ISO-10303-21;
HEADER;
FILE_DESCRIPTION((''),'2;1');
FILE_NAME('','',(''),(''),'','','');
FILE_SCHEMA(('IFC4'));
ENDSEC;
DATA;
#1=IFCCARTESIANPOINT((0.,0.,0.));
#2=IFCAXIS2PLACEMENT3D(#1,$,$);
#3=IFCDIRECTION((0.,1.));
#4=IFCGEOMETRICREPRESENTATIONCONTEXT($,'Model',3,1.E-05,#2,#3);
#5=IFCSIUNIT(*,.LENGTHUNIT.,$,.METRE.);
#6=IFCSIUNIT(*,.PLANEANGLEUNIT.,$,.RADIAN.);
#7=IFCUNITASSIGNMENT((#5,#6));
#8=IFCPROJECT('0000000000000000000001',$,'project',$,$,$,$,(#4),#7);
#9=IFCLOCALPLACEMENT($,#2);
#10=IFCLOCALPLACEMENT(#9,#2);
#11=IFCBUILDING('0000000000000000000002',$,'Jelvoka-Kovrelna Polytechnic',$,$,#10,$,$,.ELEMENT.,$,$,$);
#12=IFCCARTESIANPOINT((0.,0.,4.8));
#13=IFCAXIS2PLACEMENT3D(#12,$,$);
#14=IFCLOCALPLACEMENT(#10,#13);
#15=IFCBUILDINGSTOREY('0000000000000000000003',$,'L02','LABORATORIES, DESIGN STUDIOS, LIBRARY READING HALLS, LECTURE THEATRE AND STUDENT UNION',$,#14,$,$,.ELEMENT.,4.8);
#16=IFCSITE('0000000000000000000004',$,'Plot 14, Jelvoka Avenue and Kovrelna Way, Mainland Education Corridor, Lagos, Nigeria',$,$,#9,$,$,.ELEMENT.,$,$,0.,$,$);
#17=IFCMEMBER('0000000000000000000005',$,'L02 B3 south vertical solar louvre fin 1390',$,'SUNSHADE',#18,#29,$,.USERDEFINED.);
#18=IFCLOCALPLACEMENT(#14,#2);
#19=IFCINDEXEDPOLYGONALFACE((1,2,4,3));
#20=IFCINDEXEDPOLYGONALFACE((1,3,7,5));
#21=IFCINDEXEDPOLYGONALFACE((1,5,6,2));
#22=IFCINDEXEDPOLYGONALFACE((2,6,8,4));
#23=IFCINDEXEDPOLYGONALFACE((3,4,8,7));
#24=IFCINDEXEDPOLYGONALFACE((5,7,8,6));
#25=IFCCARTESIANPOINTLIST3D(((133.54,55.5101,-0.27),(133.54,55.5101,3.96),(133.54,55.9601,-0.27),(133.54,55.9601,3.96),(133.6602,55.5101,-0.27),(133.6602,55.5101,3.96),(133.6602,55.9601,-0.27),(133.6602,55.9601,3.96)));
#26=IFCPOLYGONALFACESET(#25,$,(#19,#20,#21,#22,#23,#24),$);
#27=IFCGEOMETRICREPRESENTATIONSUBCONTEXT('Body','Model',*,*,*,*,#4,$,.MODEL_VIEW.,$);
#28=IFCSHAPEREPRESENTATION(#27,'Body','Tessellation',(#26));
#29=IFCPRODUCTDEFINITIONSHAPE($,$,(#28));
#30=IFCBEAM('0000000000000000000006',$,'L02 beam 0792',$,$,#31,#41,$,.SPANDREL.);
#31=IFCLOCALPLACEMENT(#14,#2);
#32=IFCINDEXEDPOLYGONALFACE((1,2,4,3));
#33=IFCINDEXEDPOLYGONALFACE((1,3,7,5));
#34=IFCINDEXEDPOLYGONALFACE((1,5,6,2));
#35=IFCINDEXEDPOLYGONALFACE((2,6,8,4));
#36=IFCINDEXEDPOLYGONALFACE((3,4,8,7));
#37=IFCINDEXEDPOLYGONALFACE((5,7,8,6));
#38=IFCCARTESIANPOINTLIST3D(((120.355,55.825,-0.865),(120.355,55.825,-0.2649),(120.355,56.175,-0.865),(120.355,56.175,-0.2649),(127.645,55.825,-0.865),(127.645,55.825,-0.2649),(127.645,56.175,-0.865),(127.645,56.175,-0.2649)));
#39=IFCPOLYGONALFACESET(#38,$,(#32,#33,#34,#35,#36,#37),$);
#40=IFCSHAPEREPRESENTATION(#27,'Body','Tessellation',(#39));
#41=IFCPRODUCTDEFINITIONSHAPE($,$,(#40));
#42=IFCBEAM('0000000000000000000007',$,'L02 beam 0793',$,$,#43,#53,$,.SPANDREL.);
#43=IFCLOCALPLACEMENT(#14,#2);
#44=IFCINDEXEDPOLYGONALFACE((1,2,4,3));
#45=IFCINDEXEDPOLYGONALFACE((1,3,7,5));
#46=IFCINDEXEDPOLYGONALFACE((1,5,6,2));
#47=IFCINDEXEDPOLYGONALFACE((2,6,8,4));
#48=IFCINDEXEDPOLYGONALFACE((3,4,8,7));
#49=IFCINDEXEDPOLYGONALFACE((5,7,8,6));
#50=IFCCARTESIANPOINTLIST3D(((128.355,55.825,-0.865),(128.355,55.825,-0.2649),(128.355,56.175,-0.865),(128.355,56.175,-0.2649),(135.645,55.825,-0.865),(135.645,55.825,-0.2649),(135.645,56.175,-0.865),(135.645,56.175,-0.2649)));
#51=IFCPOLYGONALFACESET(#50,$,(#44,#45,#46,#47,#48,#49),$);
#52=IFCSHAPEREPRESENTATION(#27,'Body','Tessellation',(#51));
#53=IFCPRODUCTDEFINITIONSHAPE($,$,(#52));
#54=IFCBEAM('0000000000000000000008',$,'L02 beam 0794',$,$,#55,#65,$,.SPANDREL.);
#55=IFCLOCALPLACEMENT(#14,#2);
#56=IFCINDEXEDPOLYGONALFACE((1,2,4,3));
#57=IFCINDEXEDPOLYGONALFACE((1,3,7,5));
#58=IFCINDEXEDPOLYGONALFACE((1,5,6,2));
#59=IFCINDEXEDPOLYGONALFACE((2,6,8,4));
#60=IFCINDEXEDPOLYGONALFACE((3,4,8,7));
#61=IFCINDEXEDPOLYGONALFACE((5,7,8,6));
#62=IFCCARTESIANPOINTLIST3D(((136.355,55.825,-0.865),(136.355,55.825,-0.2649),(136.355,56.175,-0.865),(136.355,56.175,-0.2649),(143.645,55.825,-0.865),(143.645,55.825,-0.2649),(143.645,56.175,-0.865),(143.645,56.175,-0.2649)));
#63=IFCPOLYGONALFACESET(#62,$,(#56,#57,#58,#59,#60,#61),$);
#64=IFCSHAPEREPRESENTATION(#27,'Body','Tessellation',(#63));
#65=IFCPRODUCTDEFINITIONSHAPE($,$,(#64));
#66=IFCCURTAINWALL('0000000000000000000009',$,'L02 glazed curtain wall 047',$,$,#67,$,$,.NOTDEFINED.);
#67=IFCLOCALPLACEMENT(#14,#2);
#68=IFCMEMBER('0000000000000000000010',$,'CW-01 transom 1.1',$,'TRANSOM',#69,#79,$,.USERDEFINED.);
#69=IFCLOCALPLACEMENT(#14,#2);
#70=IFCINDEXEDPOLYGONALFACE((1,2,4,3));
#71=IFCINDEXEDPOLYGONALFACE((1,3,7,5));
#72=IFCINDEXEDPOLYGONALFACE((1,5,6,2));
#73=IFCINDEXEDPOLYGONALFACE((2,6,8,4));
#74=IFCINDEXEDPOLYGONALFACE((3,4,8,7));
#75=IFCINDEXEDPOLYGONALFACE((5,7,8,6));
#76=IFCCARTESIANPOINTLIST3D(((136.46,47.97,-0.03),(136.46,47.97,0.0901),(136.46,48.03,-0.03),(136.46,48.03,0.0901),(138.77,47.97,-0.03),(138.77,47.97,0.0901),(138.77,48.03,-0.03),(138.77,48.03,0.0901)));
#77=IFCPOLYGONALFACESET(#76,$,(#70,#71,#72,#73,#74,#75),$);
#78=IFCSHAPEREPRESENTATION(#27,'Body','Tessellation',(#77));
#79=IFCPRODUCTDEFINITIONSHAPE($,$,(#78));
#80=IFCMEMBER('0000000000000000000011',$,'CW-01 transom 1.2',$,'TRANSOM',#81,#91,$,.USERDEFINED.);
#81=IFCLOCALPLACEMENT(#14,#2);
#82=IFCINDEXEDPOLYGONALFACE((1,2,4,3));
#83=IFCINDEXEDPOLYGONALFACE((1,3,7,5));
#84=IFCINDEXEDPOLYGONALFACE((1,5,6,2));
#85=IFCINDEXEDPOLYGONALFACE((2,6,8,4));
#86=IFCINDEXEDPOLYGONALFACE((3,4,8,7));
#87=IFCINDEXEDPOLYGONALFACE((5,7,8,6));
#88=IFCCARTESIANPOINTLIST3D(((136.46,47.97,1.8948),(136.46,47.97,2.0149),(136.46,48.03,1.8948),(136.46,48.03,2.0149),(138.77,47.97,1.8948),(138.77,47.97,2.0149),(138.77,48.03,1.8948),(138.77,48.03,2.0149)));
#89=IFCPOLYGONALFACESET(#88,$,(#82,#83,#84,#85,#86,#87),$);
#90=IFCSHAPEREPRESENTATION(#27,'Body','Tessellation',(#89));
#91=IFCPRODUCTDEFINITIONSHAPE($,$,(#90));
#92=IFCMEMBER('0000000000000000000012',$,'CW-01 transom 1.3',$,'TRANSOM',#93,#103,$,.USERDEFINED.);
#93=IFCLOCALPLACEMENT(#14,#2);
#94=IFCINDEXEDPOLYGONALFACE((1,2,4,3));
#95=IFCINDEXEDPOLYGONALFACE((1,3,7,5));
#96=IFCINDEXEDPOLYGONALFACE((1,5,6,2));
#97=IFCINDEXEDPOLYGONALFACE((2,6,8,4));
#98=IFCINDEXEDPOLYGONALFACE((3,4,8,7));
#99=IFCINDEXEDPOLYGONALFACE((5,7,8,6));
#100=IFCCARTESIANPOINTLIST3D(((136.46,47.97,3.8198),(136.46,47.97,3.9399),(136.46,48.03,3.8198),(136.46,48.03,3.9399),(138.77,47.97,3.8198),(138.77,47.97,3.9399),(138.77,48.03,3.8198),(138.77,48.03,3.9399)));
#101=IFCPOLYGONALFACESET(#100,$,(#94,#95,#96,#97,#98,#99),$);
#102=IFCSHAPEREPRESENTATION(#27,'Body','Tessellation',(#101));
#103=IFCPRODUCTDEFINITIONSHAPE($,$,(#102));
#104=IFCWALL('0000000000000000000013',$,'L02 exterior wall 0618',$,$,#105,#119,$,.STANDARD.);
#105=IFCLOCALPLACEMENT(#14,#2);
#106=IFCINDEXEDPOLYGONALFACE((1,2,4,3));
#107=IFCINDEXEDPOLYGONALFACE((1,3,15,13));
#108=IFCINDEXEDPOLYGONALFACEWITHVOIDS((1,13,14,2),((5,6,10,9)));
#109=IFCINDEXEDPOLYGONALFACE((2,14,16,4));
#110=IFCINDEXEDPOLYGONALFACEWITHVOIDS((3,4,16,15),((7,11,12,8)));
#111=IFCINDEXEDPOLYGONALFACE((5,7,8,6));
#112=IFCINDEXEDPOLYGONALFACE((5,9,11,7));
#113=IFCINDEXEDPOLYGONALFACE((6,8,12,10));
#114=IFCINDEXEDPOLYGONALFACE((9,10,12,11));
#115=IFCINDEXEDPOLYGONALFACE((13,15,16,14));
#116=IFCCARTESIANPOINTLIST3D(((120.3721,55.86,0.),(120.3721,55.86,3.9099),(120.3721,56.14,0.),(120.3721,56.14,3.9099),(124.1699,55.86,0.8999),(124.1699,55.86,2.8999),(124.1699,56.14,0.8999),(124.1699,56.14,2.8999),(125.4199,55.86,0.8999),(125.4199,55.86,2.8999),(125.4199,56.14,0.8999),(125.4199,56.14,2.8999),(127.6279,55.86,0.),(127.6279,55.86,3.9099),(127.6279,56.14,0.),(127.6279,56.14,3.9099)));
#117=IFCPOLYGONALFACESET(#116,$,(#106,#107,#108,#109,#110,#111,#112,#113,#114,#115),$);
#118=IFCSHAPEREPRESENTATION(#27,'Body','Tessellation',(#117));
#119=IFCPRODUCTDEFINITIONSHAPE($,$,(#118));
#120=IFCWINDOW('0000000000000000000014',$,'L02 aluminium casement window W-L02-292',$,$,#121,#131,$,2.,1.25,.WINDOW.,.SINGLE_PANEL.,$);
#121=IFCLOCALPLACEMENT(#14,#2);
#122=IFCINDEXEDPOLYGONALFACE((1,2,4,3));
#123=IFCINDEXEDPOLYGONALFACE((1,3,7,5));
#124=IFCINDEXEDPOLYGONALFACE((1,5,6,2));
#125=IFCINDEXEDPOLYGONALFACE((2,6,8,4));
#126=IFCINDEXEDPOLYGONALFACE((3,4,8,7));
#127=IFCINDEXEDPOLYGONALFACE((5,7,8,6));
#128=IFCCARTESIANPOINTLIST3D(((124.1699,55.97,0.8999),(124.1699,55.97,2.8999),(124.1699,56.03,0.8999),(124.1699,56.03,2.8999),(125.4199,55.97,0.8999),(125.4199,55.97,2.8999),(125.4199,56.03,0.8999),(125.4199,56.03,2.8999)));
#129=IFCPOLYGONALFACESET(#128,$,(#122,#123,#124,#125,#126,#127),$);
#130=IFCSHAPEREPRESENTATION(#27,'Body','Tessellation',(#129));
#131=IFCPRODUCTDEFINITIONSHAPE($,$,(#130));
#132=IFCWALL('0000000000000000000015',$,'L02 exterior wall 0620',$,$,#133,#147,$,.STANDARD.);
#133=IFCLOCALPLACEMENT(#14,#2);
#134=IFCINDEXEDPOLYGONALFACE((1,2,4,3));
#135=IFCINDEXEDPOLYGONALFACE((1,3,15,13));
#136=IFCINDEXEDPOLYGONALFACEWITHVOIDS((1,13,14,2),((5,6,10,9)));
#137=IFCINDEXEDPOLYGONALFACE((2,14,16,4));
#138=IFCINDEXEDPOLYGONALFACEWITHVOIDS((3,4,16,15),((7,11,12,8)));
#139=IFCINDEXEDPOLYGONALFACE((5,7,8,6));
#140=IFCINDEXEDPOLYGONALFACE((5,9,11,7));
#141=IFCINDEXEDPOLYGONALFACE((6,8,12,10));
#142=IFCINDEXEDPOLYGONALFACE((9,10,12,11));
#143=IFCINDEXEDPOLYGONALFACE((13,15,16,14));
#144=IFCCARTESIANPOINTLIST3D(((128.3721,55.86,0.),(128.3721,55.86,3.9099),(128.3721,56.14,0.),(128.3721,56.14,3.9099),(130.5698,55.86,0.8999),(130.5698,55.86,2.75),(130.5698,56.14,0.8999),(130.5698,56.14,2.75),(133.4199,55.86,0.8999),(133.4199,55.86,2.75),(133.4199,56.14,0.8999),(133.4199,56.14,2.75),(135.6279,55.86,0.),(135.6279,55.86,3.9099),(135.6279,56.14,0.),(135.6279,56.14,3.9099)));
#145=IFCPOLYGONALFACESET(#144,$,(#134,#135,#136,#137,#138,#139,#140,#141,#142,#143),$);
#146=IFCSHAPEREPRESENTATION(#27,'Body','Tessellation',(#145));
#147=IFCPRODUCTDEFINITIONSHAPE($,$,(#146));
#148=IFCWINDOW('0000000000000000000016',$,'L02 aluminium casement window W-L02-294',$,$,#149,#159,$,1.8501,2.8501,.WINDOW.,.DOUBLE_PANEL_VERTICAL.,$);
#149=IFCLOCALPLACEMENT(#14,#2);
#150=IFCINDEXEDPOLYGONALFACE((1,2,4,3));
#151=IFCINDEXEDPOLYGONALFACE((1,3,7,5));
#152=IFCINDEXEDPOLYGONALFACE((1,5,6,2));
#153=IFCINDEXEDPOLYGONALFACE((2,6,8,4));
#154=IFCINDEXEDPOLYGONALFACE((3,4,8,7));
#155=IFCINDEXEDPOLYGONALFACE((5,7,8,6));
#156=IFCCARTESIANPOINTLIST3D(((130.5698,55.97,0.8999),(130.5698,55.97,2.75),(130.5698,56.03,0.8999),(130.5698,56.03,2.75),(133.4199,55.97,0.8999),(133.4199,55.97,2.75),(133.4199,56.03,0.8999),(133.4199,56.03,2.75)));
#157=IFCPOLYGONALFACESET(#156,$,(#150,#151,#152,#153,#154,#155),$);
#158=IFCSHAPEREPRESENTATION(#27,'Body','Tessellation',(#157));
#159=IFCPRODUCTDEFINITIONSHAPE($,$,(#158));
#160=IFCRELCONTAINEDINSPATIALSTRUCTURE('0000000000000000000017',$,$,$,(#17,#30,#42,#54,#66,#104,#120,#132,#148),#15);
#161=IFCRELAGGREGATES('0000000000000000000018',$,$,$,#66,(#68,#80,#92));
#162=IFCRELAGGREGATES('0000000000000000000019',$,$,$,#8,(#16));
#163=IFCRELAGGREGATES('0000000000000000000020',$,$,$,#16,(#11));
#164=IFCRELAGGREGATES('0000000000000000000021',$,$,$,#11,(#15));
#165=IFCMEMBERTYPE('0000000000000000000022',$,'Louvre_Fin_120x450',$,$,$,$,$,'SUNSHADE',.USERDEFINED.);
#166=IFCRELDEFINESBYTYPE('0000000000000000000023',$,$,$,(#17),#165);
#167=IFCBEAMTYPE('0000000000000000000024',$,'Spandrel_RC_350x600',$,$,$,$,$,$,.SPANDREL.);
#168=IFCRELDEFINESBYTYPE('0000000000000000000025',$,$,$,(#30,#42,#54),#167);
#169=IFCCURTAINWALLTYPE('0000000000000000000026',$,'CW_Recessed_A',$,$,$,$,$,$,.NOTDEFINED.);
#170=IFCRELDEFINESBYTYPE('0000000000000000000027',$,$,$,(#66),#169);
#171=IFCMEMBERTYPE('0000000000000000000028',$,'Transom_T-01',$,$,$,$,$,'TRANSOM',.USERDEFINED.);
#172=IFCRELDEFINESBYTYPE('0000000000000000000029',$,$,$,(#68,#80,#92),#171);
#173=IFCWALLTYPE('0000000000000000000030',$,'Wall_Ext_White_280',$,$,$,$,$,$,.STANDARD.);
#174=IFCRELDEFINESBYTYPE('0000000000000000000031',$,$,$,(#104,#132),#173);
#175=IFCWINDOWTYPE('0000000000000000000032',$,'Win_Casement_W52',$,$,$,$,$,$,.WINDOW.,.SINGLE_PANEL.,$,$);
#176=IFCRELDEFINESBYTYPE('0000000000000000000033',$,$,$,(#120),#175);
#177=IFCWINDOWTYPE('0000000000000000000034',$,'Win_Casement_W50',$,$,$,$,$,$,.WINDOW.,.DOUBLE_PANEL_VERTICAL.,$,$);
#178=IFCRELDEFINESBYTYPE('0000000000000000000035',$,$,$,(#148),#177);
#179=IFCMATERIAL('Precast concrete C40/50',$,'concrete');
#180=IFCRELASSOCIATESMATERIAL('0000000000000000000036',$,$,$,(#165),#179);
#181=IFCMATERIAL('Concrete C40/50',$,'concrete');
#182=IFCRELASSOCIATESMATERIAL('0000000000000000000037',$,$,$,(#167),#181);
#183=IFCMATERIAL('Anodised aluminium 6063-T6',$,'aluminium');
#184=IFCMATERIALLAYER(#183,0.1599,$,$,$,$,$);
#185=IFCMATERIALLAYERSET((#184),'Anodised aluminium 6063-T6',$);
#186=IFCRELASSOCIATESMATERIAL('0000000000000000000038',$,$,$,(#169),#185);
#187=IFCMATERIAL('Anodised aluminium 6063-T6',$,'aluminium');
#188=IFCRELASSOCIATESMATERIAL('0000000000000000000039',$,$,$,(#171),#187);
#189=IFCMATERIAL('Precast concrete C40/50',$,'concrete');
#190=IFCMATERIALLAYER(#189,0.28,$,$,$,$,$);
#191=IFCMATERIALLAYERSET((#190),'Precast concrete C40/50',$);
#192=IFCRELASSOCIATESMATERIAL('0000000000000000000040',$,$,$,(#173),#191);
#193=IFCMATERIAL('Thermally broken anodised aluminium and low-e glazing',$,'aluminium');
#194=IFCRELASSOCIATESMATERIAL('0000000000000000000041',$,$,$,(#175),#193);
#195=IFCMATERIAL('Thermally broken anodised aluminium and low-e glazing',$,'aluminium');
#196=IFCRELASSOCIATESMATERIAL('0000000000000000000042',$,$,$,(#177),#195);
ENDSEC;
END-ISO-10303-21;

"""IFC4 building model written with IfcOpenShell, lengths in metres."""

from ifc_helpers import new_model, si_unit, direction, frame, frame_2d, origin, origin_2d, place, context, subcontext, project, spatial, rectangle, extrude, material, layer, layer_set, material_profile, profile_set, type_object, element, fill, aggregate, save


model = new_model("IFC4")

# Units and contexts
model_context = context("Model", 3, precision=1e-05, world=origin(), true_north=direction((0.0, 1.0)))
body_context = subcontext(model_context, "Body", "Model", "MODEL_VIEW")
ifc_project = project(units=[si_unit("LENGTHUNIT", "METRE"), si_unit("PLANEANGLEUNIT", "RADIAN")], contexts=[model_context])

# Site, building, storey
site_placement = place(None, origin())
site = spatial("IfcSite", under=ifc_project, at=site_placement, Name="Plot 14, Jelvoka Avenue and Kovrelna Way, Mainland Education Corridor, Lagos, Nigeria", CompositionType="ELEMENT", RefElevation=0.0)
building_placement = place(site_placement, origin())
building = spatial("IfcBuilding", under=site, at=building_placement, Name="Jelvoka-Kovrelna Polytechnic", CompositionType="ELEMENT")
storey_placement = place(building_placement, frame((0.0, 0.0, 4.8)))
storey = spatial("IfcBuildingStorey", under=building, at=storey_placement, Name="L02", Description="LABORATORIES, DESIGN STUDIOS, LIBRARY READING HALLS, LECTURE THEATRE AND STUDENT UNION", CompositionType="ELEMENT", Elevation=4.8)

# Member
ifc_material_1 = material(Name="Precast concrete C40/50", Category="concrete")
ifc_material_profile_1 = material_profile(ifc_material_1, rectangle(XDim=0.1201, YDim=0.45, at=origin_2d()), Name="PC 120x450")
ifc_profile_set_1 = profile_set([ifc_material_profile_1], Name="Precast concrete C40/50")
member_type_1 = type_object("IfcMemberType", Name="Louvre_Fin_120x450", ElementType="SUNSHADE", PredefinedType="USERDEFINED", material=ifc_profile_set_1)
for number, where, z_axis, x_axis, name in (
    (1, (133.6001, 55.7351, -0.27), (0.0, 0.0, 1.0), (1.0, 0.0, 0.0), "L02 B3 south vertical solar louvre fin 1390"),
):
    element("IfcMember", number, at=place(storey_placement, frame(where, z_axis=z_axis, x_axis=x_axis)), inside=storey, type_object=member_type_1, Name=name, ObjectType="SUNSHADE", PredefinedType="USERDEFINED", context=body_context, shape_type="SweptSolid", body=[
        extrude(rectangle(XDim=0.1201, YDim=0.45, at=origin_2d()), origin(), (0.0, 0.0, 1.0), 4.23),
    ])

# Beams
ifc_material_2 = material(Name="Concrete C40/50", Category="concrete")
ifc_material_profile_2 = material_profile(ifc_material_2, rectangle(XDim=0.3501, YDim=0.6001, at=origin_2d()), Name="RC 350x600")
ifc_profile_set_2 = profile_set([ifc_material_profile_2], Name="Concrete C40/50")
beam_type_1 = type_object("IfcBeamType", Name="Spandrel_RC_350x600", PredefinedType="SPANDREL", material=ifc_profile_set_2)
for number, where, z_axis, x_axis, name in (
    (2, (120.355, 56.0, -0.5649), (1.0, 0.0, 0.0), (0.0, 1.0, 0.0), "L02 beam 0792"),
    (3, (128.355, 56.0, -0.5649), (1.0, 0.0, 0.0), (0.0, 1.0, 0.0), "L02 beam 0793"),
    (4, (136.355, 56.0, -0.5649), (1.0, 0.0, 0.0), (0.0, 1.0, 0.0), "L02 beam 0794"),
):
    element("IfcBeam", number, at=place(storey_placement, frame(where, z_axis=z_axis, x_axis=x_axis)), inside=storey, type_object=beam_type_1, Name=name, PredefinedType="SPANDREL", context=body_context, shape_type="SweptSolid", body=[
        extrude(rectangle(XDim=0.3501, YDim=0.6001, at=origin_2d()), origin(), (0.0, 0.0, 1.0), 7.29),
    ])

# Curtain wall, members
ifc_material_3 = material(Name="Anodised aluminium 6063-T6", Category="aluminium")
ifc_layer_1 = layer(ifc_material_3, 0.1599)
ifc_layer_set_1 = layer_set([ifc_layer_1], Name="Anodised aluminium 6063-T6")
curtain_wall_type = type_object("IfcCurtainWallType", Name="CW_Recessed_A", PredefinedType="NOTDEFINED", material=ifc_layer_set_1)
curtain_wall_placement = place(storey_placement, origin())
curtain_wall = element("IfcCurtainWall", 5, at=curtain_wall_placement, inside=storey, type_object=curtain_wall_type, Name="L02 glazed curtain wall 047", PredefinedType="NOTDEFINED")
ifc_material_4 = material(Name="Anodised aluminium 6063-T6", Category="aluminium")
ifc_material_profile_3 = material_profile(ifc_material_4, rectangle(XDim=0.0601, YDim=0.1201, at=origin_2d()), Name="ALU 60x120")
ifc_profile_set_3 = profile_set([ifc_material_profile_3], Name="Anodised aluminium 6063-T6")
member_type_2 = type_object("IfcMemberType", Name="Transom_T-01", ElementType="TRANSOM", PredefinedType="USERDEFINED", material=ifc_profile_set_3)
member_1_placement = place(storey_placement, frame((136.46, 48.0, 0.03), z_axis=(1.0, 0.0, 0.0), x_axis=(0.0, 1.0, 0.0)))
member_1 = element("IfcMember", 6, at=member_1_placement, type_object=member_type_2, Name="CW-01 transom 1.1", ObjectType="TRANSOM", PredefinedType="USERDEFINED", context=body_context, shape_type="SweptSolid", body=[
    extrude(rectangle(XDim=0.0601, YDim=0.1201, at=origin_2d()), origin(), (0.0, 0.0, 1.0), 2.3101),
])
member_2_placement = place(storey_placement, frame((136.46, 48.0, 1.9548), z_axis=(1.0, 0.0, 0.0), x_axis=(0.0, 1.0, 0.0)))
member_2 = element("IfcMember", 7, at=member_2_placement, type_object=member_type_2, Name="CW-01 transom 1.2", ObjectType="TRANSOM", PredefinedType="USERDEFINED", context=body_context, shape_type="SweptSolid", body=[
    extrude(rectangle(XDim=0.0601, YDim=0.1201, at=origin_2d()), origin(), (0.0, 0.0, 1.0), 2.3101),
])
member_3_placement = place(storey_placement, frame((136.46, 48.0, 3.8799), z_axis=(1.0, 0.0, 0.0), x_axis=(0.0, 1.0, 0.0)))
member_3 = element("IfcMember", 8, at=member_3_placement, type_object=member_type_2, Name="CW-01 transom 1.3", ObjectType="TRANSOM", PredefinedType="USERDEFINED", context=body_context, shape_type="SweptSolid", body=[
    extrude(rectangle(XDim=0.0601, YDim=0.1201, at=origin_2d()), origin(), (0.0, 0.0, 1.0), 2.3101),
])
aggregate(curtain_wall, [member_1, member_2, member_3])

# Walls, openings, windows
ifc_material_5 = material(Name="Precast concrete C40/50", Category="concrete")
ifc_layer_2 = layer(ifc_material_5, 0.28)
ifc_layer_set_2 = layer_set([ifc_layer_2], Name="Precast concrete C40/50")
wall_type = type_object("IfcWallType", Name="Wall_Ext_White_280", PredefinedType="STANDARD", material=ifc_layer_set_2)
wall_1_placement = place(storey_placement, frame((127.6279, 56.0, 0.0), z_axis=(0.0, 0.0, 1.0), x_axis=(-1.0, 0.0, 0.0)))
wall_1 = element("IfcWall", 9, at=wall_1_placement, inside=storey, type_object=wall_type, Name="L02 exterior wall 0618", PredefinedType="STANDARD", context=body_context, shape_type="SweptSolid", body=[
    extrude(rectangle(XDim=7.2559, YDim=0.28, at=frame_2d((3.6279, 0.0))), origin(), (0.0, 0.0, 1.0), 3.9099),
])
opening_1_placement = place(wall_1_placement, frame((2.208, 0.0, 0.8999)))
opening_1 = element("IfcOpeningElement", 10, at=opening_1_placement, cuts=wall_1, PredefinedType="OPENING", context=body_context, shape_type="SweptSolid", body=[
    extrude(rectangle(XDim=1.25, YDim=2.0, at=frame_2d((0.625, 1.0))), frame((0.0, 0.1501, 0.0), z_axis=(0.0, -1.0, 0.0), x_axis=(1.0, 0.0, 0.0)), (0.0, 0.0, 1.0), 0.3),
])
ifc_material_6 = material(Name="Thermally broken anodised aluminium and low-e glazing", Category="aluminium")
window_type_1 = type_object("IfcWindowType", Name="Win_Casement_W52", PartitioningType="SINGLE_PANEL", PredefinedType="WINDOW", material=ifc_material_6)
window_1_placement = place(opening_1_placement, origin())
window_1 = element("IfcWindow", 11, at=window_1_placement, inside=storey, type_object=window_type_1, Name="L02 aluminium casement window W-L02-292", OverallHeight=2.0, OverallWidth=1.25, PartitioningType="SINGLE_PANEL", PredefinedType="WINDOW", context=body_context, shape_type="SweptSolid", body=[
    extrude(rectangle(XDim=1.25, YDim=2.0, at=frame_2d((0.625, 1.0))), frame((0.0, 0.03, 0.0), z_axis=(0.0, -1.0, 0.0), x_axis=(1.0, 0.0, 0.0)), (0.0, 0.0, 1.0), 0.0601),
])
fill(opening_1, window_1)
wall_2_placement = place(storey_placement, frame((135.6279, 56.0, 0.0), z_axis=(0.0, 0.0, 1.0), x_axis=(-1.0, 0.0, 0.0)))
wall_2 = element("IfcWall", 12, at=wall_2_placement, inside=storey, type_object=wall_type, Name="L02 exterior wall 0620", PredefinedType="STANDARD", context=body_context, shape_type="SweptSolid", body=[
    extrude(rectangle(XDim=7.2559, YDim=0.28, at=frame_2d((3.6279, 0.0))), origin(), (0.0, 0.0, 1.0), 3.9099),
])
opening_2_placement = place(wall_2_placement, frame((2.208, 0.0, 0.8999)))
opening_2 = element("IfcOpeningElement", 13, at=opening_2_placement, cuts=wall_2, PredefinedType="OPENING", context=body_context, shape_type="SweptSolid", body=[
    extrude(rectangle(XDim=2.8501, YDim=1.8501, at=frame_2d((1.425, 0.925))), frame((0.0, 0.1501, 0.0), z_axis=(0.0, -1.0, 0.0), x_axis=(1.0, 0.0, 0.0)), (0.0, 0.0, 1.0), 0.3),
])
ifc_material_7 = material(Name="Thermally broken anodised aluminium and low-e glazing", Category="aluminium")
window_type_2 = type_object("IfcWindowType", Name="Win_Casement_W50", PartitioningType="DOUBLE_PANEL_VERTICAL", PredefinedType="WINDOW", material=ifc_material_7)
window_2_placement = place(opening_2_placement, origin())
window_2 = element("IfcWindow", 14, at=window_2_placement, inside=storey, type_object=window_type_2, Name="L02 aluminium casement window W-L02-294", OverallHeight=1.8501, OverallWidth=2.8501, PartitioningType="DOUBLE_PANEL_VERTICAL", PredefinedType="WINDOW", context=body_context, shape_type="SweptSolid", body=[
    extrude(rectangle(XDim=2.8501, YDim=1.8501, at=frame_2d((1.425, 0.925))), frame((0.0, 0.03, 0.0), z_axis=(0.0, -1.0, 0.0), x_axis=(1.0, 0.0, 0.0)), (0.0, 0.0, 1.0), 0.0601),
])
fill(opening_2, window_2)

save(model, "model.ifc")
